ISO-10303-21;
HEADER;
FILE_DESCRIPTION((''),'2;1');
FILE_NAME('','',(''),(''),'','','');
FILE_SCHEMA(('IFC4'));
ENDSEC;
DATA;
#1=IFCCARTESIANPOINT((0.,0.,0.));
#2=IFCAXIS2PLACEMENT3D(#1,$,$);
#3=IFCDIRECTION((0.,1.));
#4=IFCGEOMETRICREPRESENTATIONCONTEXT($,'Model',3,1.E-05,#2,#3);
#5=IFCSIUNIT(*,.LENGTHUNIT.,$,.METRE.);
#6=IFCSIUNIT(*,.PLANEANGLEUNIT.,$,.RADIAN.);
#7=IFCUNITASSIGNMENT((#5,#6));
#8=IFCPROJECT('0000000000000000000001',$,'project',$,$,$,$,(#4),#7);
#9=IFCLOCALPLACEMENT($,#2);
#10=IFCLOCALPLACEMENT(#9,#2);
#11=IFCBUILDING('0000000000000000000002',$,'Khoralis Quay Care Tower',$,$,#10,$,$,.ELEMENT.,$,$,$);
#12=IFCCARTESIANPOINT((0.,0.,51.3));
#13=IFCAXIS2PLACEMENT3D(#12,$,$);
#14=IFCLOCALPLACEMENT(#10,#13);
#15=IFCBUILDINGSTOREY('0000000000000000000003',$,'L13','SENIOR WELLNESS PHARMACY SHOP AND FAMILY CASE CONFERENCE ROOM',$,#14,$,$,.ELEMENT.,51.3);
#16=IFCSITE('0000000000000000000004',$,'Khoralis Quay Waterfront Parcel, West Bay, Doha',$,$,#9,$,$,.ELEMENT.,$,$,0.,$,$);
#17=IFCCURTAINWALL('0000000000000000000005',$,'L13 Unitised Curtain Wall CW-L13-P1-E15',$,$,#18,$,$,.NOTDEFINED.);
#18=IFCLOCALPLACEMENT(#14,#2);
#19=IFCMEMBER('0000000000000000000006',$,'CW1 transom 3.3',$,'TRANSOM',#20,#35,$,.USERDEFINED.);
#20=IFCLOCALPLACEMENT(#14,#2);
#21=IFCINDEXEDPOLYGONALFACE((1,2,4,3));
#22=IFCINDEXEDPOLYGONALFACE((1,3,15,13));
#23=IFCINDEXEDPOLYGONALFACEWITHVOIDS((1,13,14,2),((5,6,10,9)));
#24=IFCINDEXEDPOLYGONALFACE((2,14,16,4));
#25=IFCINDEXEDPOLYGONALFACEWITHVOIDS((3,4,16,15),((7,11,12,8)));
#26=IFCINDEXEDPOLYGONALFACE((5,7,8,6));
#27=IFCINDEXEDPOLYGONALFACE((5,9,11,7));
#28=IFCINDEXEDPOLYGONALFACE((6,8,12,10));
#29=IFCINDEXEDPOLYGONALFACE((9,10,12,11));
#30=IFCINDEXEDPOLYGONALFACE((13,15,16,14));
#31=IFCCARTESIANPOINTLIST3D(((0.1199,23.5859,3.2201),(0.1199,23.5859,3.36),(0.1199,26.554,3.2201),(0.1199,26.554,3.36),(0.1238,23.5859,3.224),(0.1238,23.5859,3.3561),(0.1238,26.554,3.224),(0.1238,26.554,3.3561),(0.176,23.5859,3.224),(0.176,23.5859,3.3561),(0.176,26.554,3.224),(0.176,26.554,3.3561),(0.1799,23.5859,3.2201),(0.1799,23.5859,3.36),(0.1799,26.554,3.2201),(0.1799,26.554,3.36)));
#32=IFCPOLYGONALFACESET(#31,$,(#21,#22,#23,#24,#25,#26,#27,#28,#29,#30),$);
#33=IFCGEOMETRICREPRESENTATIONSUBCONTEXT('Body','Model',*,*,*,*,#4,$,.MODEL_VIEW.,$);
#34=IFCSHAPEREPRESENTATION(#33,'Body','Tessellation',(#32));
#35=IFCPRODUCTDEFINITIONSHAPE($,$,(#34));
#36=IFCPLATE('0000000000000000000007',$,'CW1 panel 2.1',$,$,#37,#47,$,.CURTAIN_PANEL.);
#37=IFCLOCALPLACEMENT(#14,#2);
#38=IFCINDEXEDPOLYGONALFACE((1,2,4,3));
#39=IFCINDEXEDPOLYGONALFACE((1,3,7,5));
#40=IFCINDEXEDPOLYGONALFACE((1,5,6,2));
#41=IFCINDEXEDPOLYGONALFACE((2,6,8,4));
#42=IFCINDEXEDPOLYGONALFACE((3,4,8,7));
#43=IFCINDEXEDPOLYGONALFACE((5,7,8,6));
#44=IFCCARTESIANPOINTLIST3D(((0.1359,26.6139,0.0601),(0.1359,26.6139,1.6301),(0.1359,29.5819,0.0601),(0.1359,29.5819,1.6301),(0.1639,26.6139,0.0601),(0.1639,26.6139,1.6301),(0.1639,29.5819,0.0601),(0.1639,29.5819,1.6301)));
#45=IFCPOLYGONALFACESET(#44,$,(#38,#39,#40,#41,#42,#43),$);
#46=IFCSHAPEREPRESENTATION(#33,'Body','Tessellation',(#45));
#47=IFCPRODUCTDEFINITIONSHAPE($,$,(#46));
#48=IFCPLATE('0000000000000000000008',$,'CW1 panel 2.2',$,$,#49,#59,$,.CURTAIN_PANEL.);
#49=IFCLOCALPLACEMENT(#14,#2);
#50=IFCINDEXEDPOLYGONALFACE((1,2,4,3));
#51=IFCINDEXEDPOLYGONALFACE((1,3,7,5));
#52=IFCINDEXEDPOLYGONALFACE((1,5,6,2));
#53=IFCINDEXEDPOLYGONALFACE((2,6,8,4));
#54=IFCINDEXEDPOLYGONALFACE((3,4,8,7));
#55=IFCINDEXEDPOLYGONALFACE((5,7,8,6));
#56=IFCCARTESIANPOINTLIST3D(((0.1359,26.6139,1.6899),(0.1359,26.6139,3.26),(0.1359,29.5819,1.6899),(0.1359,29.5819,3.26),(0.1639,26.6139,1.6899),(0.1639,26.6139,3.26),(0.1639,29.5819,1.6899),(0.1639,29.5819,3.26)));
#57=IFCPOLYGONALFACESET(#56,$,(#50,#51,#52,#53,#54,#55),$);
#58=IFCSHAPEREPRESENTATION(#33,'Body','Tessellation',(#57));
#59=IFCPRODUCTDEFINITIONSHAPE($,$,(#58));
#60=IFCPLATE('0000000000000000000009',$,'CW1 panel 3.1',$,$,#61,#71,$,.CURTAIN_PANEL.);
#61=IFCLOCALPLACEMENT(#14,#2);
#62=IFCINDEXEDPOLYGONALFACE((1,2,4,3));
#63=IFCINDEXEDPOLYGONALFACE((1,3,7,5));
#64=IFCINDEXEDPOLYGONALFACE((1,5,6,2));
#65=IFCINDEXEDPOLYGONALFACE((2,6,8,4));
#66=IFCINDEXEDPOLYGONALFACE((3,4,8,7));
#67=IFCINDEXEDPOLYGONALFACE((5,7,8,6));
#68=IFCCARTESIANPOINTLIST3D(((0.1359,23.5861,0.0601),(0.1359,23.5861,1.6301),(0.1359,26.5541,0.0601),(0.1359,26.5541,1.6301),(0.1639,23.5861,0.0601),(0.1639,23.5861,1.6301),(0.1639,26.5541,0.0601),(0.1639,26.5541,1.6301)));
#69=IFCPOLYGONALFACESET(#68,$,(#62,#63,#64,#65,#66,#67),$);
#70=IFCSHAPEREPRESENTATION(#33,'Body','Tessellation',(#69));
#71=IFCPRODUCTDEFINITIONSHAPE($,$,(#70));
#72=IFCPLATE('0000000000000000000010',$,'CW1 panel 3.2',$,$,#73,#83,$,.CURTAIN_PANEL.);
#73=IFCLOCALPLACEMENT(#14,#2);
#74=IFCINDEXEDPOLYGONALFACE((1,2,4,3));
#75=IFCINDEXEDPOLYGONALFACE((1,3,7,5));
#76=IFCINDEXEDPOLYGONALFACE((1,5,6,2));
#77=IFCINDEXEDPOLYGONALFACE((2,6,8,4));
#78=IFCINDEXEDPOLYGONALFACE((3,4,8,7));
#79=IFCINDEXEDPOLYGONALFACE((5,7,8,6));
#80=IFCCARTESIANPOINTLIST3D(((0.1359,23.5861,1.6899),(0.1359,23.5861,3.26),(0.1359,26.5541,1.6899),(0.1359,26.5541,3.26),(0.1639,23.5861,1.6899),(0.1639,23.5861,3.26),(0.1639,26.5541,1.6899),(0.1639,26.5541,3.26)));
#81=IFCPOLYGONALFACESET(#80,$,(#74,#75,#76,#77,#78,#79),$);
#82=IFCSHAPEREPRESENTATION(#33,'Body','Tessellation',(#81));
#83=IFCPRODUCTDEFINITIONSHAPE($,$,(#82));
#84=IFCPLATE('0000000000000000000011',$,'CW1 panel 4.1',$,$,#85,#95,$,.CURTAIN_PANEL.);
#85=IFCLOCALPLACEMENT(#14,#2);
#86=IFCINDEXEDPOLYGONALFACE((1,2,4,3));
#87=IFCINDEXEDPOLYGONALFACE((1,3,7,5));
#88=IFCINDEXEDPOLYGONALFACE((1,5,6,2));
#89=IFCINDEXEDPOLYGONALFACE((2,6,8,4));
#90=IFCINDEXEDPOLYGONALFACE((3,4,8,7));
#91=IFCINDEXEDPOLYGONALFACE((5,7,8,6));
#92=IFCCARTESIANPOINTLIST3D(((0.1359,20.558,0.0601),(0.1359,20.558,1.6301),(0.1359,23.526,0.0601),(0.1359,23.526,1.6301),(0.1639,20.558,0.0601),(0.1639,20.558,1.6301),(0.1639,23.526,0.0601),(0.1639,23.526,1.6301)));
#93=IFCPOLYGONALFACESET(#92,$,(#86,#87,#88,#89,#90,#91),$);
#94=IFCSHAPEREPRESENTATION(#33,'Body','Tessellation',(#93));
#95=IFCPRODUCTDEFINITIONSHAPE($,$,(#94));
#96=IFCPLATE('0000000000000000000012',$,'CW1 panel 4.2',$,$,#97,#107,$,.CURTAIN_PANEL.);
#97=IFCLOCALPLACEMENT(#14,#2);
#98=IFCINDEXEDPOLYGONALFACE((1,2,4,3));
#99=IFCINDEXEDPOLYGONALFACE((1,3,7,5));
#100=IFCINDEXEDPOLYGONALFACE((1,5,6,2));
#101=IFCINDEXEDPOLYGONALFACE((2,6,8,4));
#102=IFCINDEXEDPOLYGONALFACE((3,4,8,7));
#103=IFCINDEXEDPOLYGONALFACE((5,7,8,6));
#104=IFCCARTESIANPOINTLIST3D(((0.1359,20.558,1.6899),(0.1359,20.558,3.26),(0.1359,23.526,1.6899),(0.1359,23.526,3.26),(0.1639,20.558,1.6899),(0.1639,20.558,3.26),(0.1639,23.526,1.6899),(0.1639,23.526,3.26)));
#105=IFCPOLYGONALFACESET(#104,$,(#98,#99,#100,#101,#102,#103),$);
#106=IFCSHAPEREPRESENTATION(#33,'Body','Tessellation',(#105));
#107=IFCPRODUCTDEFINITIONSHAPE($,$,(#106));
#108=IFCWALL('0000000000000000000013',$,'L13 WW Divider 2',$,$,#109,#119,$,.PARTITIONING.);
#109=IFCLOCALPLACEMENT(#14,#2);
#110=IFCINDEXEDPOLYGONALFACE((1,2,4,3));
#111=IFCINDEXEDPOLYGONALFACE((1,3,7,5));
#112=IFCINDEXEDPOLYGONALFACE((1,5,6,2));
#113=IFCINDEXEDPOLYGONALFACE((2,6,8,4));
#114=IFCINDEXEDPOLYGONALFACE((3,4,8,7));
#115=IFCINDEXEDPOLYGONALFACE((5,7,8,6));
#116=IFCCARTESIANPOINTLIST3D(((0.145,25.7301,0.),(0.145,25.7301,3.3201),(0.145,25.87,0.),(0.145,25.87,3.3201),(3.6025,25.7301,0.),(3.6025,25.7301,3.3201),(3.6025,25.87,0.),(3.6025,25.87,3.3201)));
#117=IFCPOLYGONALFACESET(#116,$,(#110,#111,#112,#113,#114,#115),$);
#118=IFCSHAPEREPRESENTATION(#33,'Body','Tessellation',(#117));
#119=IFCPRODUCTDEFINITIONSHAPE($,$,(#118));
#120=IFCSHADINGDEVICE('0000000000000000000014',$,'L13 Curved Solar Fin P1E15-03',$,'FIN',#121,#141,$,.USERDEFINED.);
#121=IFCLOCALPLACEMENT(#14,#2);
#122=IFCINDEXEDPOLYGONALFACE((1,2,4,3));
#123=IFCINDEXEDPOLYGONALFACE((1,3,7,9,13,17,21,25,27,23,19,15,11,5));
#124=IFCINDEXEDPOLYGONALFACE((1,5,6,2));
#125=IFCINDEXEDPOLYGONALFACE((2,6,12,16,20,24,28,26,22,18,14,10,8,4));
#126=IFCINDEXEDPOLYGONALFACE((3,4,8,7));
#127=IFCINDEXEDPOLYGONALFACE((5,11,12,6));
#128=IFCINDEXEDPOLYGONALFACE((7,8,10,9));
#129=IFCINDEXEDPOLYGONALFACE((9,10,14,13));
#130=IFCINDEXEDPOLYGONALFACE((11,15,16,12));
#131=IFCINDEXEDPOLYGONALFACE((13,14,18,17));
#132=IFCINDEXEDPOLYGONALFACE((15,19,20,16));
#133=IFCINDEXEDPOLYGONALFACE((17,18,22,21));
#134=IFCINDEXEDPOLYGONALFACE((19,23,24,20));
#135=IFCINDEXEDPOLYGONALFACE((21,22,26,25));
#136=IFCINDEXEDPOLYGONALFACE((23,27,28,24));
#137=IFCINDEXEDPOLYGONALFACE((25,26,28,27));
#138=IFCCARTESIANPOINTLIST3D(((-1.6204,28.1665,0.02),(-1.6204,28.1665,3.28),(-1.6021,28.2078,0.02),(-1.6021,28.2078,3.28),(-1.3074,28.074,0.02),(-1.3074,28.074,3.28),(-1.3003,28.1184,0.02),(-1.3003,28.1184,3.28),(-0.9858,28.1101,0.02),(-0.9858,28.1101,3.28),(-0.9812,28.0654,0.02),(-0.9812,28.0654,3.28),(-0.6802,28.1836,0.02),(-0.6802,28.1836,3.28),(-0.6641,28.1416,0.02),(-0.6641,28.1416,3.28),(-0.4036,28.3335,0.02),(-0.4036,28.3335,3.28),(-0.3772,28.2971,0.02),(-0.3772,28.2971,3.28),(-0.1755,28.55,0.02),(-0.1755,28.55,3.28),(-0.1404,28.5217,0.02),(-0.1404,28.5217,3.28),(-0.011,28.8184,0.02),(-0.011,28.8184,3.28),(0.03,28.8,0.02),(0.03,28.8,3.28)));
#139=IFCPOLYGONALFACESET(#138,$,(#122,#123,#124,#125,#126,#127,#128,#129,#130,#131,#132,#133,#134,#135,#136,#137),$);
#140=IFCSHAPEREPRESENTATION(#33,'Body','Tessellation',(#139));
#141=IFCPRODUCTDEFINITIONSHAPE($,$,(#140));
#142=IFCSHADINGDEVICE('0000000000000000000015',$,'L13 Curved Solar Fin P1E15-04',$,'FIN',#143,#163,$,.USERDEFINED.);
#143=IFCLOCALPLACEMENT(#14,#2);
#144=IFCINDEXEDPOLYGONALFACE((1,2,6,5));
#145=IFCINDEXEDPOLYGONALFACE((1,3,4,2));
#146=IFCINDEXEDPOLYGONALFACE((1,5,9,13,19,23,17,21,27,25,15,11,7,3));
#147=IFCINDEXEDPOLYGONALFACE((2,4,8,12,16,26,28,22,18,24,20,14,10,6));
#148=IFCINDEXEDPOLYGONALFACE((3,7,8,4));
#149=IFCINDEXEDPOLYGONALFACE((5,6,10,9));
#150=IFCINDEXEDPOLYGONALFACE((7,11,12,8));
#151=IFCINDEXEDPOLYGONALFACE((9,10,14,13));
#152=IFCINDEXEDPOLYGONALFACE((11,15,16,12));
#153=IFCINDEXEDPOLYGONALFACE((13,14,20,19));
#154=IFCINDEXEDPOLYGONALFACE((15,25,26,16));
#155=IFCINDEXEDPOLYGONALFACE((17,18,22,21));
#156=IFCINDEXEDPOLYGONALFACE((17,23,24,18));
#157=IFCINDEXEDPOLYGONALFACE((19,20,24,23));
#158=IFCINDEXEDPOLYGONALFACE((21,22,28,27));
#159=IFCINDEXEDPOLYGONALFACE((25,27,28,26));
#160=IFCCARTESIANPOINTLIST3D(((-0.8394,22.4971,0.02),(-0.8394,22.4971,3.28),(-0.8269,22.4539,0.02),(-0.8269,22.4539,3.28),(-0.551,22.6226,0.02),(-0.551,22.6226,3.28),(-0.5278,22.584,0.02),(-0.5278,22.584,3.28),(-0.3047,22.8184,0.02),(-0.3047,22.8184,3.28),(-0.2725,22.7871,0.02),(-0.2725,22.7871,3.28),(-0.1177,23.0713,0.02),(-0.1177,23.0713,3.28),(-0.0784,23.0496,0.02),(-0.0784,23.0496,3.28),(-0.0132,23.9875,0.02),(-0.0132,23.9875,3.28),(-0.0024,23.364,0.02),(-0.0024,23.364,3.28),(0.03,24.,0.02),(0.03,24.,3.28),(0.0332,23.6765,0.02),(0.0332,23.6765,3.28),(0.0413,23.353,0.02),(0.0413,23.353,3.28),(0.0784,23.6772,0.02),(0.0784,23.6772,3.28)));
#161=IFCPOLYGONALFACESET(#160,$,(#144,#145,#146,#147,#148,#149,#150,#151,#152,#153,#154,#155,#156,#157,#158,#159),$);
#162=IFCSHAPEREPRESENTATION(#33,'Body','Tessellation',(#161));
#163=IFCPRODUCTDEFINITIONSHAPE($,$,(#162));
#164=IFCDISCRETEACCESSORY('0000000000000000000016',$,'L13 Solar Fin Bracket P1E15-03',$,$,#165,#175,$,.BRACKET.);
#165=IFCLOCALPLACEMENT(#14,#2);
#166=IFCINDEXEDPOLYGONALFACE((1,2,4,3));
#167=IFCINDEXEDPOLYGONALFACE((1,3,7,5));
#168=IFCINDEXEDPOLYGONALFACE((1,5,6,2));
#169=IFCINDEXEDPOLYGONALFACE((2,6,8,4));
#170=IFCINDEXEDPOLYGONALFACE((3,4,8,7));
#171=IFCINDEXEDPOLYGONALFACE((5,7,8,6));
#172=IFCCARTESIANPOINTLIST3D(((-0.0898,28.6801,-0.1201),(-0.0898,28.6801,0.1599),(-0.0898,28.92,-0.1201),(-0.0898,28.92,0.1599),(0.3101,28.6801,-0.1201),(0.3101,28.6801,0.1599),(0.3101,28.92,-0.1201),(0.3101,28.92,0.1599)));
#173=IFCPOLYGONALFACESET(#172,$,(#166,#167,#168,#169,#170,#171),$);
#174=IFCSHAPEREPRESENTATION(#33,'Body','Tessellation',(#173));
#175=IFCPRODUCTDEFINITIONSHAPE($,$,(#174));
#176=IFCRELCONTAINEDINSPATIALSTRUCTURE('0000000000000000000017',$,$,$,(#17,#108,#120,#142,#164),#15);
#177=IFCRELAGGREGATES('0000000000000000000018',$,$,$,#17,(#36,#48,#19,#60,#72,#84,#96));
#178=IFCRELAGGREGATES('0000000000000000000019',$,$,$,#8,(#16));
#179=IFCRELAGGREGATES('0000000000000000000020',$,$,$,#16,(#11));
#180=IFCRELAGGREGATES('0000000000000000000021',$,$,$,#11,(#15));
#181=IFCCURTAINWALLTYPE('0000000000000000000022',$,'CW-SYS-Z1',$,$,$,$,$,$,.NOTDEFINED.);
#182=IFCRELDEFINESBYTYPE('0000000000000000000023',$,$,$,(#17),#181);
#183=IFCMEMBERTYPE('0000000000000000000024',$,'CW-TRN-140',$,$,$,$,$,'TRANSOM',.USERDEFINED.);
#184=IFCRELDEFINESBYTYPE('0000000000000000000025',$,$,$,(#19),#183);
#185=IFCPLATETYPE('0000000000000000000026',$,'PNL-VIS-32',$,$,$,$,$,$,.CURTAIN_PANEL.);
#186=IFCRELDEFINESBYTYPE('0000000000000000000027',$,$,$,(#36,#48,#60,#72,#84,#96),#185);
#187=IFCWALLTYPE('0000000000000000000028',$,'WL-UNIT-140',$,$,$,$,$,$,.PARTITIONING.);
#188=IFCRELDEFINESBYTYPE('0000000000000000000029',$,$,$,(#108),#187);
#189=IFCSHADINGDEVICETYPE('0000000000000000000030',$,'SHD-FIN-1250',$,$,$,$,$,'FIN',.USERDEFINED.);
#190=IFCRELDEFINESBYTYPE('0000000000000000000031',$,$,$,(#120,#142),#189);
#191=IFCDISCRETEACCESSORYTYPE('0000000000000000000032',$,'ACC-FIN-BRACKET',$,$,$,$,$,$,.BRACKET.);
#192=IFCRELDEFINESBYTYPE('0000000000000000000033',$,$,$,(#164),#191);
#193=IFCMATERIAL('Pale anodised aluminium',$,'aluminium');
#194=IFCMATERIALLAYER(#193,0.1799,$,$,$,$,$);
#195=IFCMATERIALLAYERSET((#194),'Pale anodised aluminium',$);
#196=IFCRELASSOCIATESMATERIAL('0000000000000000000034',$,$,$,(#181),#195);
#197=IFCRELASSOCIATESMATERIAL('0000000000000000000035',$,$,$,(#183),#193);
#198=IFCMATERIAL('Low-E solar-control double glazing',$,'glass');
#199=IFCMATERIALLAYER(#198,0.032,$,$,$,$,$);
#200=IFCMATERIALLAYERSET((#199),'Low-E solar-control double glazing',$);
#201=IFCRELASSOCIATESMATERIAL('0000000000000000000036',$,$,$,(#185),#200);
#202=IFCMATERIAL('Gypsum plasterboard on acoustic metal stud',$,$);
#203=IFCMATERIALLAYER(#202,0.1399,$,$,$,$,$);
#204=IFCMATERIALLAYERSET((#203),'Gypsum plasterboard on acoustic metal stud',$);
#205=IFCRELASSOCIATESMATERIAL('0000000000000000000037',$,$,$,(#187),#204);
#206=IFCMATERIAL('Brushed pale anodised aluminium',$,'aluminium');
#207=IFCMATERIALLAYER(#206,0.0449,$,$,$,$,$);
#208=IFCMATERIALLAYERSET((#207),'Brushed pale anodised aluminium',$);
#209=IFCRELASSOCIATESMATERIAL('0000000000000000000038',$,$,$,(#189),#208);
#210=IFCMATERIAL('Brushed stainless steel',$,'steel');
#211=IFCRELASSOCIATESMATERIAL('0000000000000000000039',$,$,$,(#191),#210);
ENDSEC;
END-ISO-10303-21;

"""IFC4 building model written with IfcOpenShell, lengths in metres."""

from ifc_helpers import new_model, si_unit, direction, frame, frame_2d, origin, origin_2d, place, context, subcontext, project, spatial, polyline, rectangle, hollow_rectangle, outline, extrude, source, transform, mapped, material, layer, layer_set, material_profile, profile_set, type_object, element, aggregate, save


model = new_model("IFC4")

# Units and contexts
model_context = context("Model", 3, precision=1e-05, world=origin(), true_north=direction((0.0, 1.0)))
body_context = subcontext(model_context, "Body", "Model", "MODEL_VIEW")
ifc_project = project(units=[si_unit("LENGTHUNIT", "METRE"), si_unit("PLANEANGLEUNIT", "RADIAN")], contexts=[model_context])

# Site, building, storey
site_placement = place(None, origin())
site = spatial("IfcSite", under=ifc_project, at=site_placement, Name="Khoralis Quay Waterfront Parcel, West Bay, Doha", CompositionType="ELEMENT", RefElevation=0.0)
building_placement = place(site_placement, origin())
building = spatial("IfcBuilding", under=site, at=building_placement, Name="Khoralis Quay Care Tower", CompositionType="ELEMENT")
storey_placement = place(building_placement, frame((0.0, 0.0, 51.3)))
storey = spatial("IfcBuildingStorey", under=building, at=storey_placement, Name="L13", Description="SENIOR WELLNESS PHARMACY SHOP AND FAMILY CASE CONFERENCE ROOM", CompositionType="ELEMENT", Elevation=51.3)

# Curtain wall, member, plates
ifc_material_1 = material(Name="Pale anodised aluminium", Category="aluminium")
ifc_layer_1 = layer(ifc_material_1, 0.1799)
ifc_layer_set_1 = layer_set([ifc_layer_1], Name="Pale anodised aluminium")
curtain_wall_type = type_object("IfcCurtainWallType", Name="CW-SYS-Z1", PredefinedType="NOTDEFINED", material=ifc_layer_set_1)
curtain_wall_placement = place(storey_placement, origin())
curtain_wall = element("IfcCurtainWall", 1, at=curtain_wall_placement, inside=storey, type_object=curtain_wall_type, Name="L13 Unitised Curtain Wall CW-L13-P1-E15", PredefinedType="NOTDEFINED")
ifc_material_profile_1 = material_profile(ifc_material_1, hollow_rectangle(XDim=0.0601, YDim=0.1399, WallThickness=0.0039, at=origin_2d()), Name="Pale anodised aluminium")
ifc_profile_set_1 = profile_set([ifc_material_profile_1], Name="Pale anodised aluminium")
member_type_1 = type_object("IfcMemberType", Name="CW-TRN-140", ElementType="TRANSOM", PredefinedType="USERDEFINED", material=ifc_profile_set_1)
shared_shape_1 = source(origin(), body_context, "Body", "SweptSolid", [
    extrude(hollow_rectangle(XDim=0.0601, YDim=0.1399, WallThickness=0.0039, at=origin_2d()), origin(), (0.0, 0.0, 1.0), 2.968),
])
member_1_placement = place(storey_placement, frame((0.1499, 26.554, 3.29), z_axis=(0.0, -1.0, 0.0), x_axis=(1.0, 0.0, 0.0)))
member_1 = element("IfcMember", 2, at=member_1_placement, type_object=member_type_1, Name="CW1 transom 3.3", ObjectType="TRANSOM", PredefinedType="USERDEFINED", context=body_context, shape_type="MappedRepresentation", body=[
    mapped(shared_shape_1, transform((0.0, 0.0, 0.0), scale=1.0)),
])
ifc_material_2 = material(Name="Low-E solar-control double glazing", Category="glass")
ifc_layer_2 = layer(ifc_material_2, 0.032)
ifc_layer_set_2 = layer_set([ifc_layer_2], Name="Low-E solar-control double glazing")
plate_type = type_object("IfcPlateType", Name="PNL-VIS-32", PredefinedType="CURTAIN_PANEL", material=ifc_layer_set_2)
shared_shape_2 = source(origin(), body_context, "Body", "SweptSolid", [
    extrude(rectangle(XDim=2.968, YDim=0.0281, at=origin_2d()), origin(), (0.0, 0.0, 1.0), 1.5701),
])
plate_1_placement = place(storey_placement, frame((0.1499, 28.0979, 0.0601), z_axis=(0.0, 0.0, 1.0), x_axis=(0.0, -1.0, 0.0)))
plate_1 = element("IfcPlate", 3, at=plate_1_placement, type_object=plate_type, Name="CW1 panel 2.1", PredefinedType="CURTAIN_PANEL", context=body_context, shape_type="MappedRepresentation", body=[
    mapped(shared_shape_2, transform((0.0, 0.0, 0.0), scale=1.0)),
])
plate_2_placement = place(storey_placement, frame((0.1499, 28.0979, 1.6899), z_axis=(0.0, 0.0, 1.0), x_axis=(0.0, -1.0, 0.0)))
plate_2 = element("IfcPlate", 4, at=plate_2_placement, type_object=plate_type, Name="CW1 panel 2.2", PredefinedType="CURTAIN_PANEL", context=body_context, shape_type="MappedRepresentation", body=[
    mapped(shared_shape_2, transform((0.0, 0.0, 0.0), scale=1.0)),
])
plate_3_placement = place(storey_placement, frame((0.1499, 25.0701, 0.0601), z_axis=(0.0, 0.0, 1.0), x_axis=(0.0, -1.0, 0.0)))
plate_3 = element("IfcPlate", 5, at=plate_3_placement, type_object=plate_type, Name="CW1 panel 3.1", PredefinedType="CURTAIN_PANEL", context=body_context, shape_type="MappedRepresentation", body=[
    mapped(shared_shape_2, transform((0.0, 0.0, 0.0), scale=1.0)),
])
plate_4_placement = place(storey_placement, frame((0.1499, 25.0701, 1.6899), z_axis=(0.0, 0.0, 1.0), x_axis=(0.0, -1.0, 0.0)))
plate_4 = element("IfcPlate", 6, at=plate_4_placement, type_object=plate_type, Name="CW1 panel 3.2", PredefinedType="CURTAIN_PANEL", context=body_context, shape_type="MappedRepresentation", body=[
    mapped(shared_shape_2, transform((0.0, 0.0, 0.0), scale=1.0)),
])
plate_5_placement = place(storey_placement, frame((0.1499, 22.042, 0.0601), z_axis=(0.0, 0.0, 1.0), x_axis=(0.0, -1.0, 0.0)))
plate_5 = element("IfcPlate", 7, at=plate_5_placement, type_object=plate_type, Name="CW1 panel 4.1", PredefinedType="CURTAIN_PANEL", context=body_context, shape_type="MappedRepresentation", body=[
    mapped(shared_shape_2, transform((0.0, 0.0, 0.0), scale=1.0)),
])
plate_6_placement = place(storey_placement, frame((0.1499, 22.042, 1.6899), z_axis=(0.0, 0.0, 1.0), x_axis=(0.0, -1.0, 0.0)))
plate_6 = element("IfcPlate", 8, at=plate_6_placement, type_object=plate_type, Name="CW1 panel 4.2", PredefinedType="CURTAIN_PANEL", context=body_context, shape_type="MappedRepresentation", body=[
    mapped(shared_shape_2, transform((0.0, 0.0, 0.0), scale=1.0)),
])
aggregate(curtain_wall, [plate_1, plate_2, member_1, plate_3, plate_4, plate_5, plate_6])

# Wall
ifc_material_3 = material(Name="Gypsum plasterboard on acoustic metal stud")
ifc_layer_3 = layer(ifc_material_3, 0.1399)
ifc_layer_set_3 = layer_set([ifc_layer_3], Name="Gypsum plasterboard on acoustic metal stud")
wall_type = type_object("IfcWallType", Name="WL-UNIT-140", PredefinedType="PARTITIONING", material=ifc_layer_set_3)
wall_placement = place(storey_placement, frame((0.145, 25.8, 0.0), z_axis=(0.0, 0.0, 1.0), x_axis=(1.0, 0.0, 0.0)))
element("IfcWall", 9, at=wall_placement, inside=storey, type_object=wall_type, Name="L13 WW Divider 2", PredefinedType="PARTITIONING", context=body_context, shape_type="SweptSolid", body=[
    extrude(rectangle(XDim=3.4575, YDim=0.1399, at=frame_2d((1.7288, 0.0))), origin(), (0.0, 0.0, 1.0), 3.3201),
])

# Shading devices
ifc_material_4 = material(Name="Brushed pale anodised aluminium", Category="aluminium")
ifc_layer_4 = layer(ifc_material_4, 0.0449)
ifc_layer_set_4 = layer_set([ifc_layer_4], Name="Brushed pale anodised aluminium")
shading_device_type = type_object("IfcShadingDeviceType", Name="SHD-FIN-1250", ElementType="FIN", PredefinedType="USERDEFINED", material=ifc_layer_set_4)
shared_shape_3 = source(origin(), body_context, "Body", "SweptSolid", [
    extrude(outline(polyline([(0.0, 0.0), (0.1704, 0.2783), (0.4072, 0.5029), (0.6941, 0.6584), (1.0112, 0.7346), (1.3374, 0.7261), (1.6504, 0.6335), (1.6321, 0.5923), (1.3303, 0.6816), (1.0159, 0.6899), (0.7102, 0.6165), (0.4336, 0.4666), (0.2056, 0.25), (0.041, -0.0183), (0.0, 0.0)])), origin(), (0.0, 0.0, 1.0), 3.26),
])
shading_device_1_placement = place(storey_placement, frame((0.03, 28.8, 0.02), z_axis=(0.0, 0.0, 1.0), x_axis=(-1.0, 0.0, 0.0)))
element("IfcShadingDevice", 10, at=shading_device_1_placement, inside=storey, type_object=shading_device_type, Name="L13 Curved Solar Fin P1E15-03", ObjectType="FIN", PredefinedType="USERDEFINED", context=body_context, shape_type="MappedRepresentation", body=[
    mapped(shared_shape_3, transform((0.0, 0.0, 0.0), scale=1.0)),
])
shared_shape_4 = source(origin(), body_context, "Body", "SweptSolid", [
    extrude(outline(polyline([(0.0, 0.0), (-0.0483, 0.3228), (-0.0112, 0.647), (0.1084, 0.9504), (0.3025, 1.2129), (0.5579, 1.416), (0.8569, 1.5461), (0.8694, 1.5029), (0.5811, 1.3774), (0.3347, 1.1816), (0.1477, 0.9287), (0.0325, 0.636), (-0.0032, 0.3235), (0.0432, 0.0125), (0.0, 0.0)])), origin(), (0.0, 0.0, 1.0), 3.26),
])
shading_device_2_placement = place(storey_placement, frame((0.03, 24.0, 0.02), z_axis=(0.0, 0.0, 1.0), x_axis=(-1.0, 0.0, 0.0)))
element("IfcShadingDevice", 11, at=shading_device_2_placement, inside=storey, type_object=shading_device_type, Name="L13 Curved Solar Fin P1E15-04", ObjectType="FIN", PredefinedType="USERDEFINED", context=body_context, shape_type="MappedRepresentation", body=[
    mapped(shared_shape_4, transform((0.0, 0.0, 0.0), scale=1.0)),
])

# Discrete accessory
ifc_material_5 = material(Name="Brushed stainless steel", Category="steel")
discrete_accessory_type = type_object("IfcDiscreteAccessoryType", Name="ACC-FIN-BRACKET", PredefinedType="BRACKET", material=ifc_material_5)
shared_shape_5 = source(origin(), body_context, "Body", "SweptSolid", [
    extrude(rectangle(XDim=0.3999, YDim=0.24, at=origin_2d()), origin(), (0.0, 0.0, 1.0), 0.28),
])
for number, where, z_axis, x_axis, name in (
    (12, (0.1101, 28.8, -0.1201), (0.0, 0.0, 1.0), (-1.0, 0.0, 0.0), "L13 Solar Fin Bracket P1E15-03"),
):
    element("IfcDiscreteAccessory", number, at=place(storey_placement, frame(where, z_axis=z_axis, x_axis=x_axis)), inside=storey, type_object=discrete_accessory_type, Name=name, PredefinedType="BRACKET", context=body_context, shape_type="MappedRepresentation", body=[
        mapped(shared_shape_5, transform((0.0, 0.0, 0.0), scale=1.0)),
    ])

save(model, "model.ifc")
